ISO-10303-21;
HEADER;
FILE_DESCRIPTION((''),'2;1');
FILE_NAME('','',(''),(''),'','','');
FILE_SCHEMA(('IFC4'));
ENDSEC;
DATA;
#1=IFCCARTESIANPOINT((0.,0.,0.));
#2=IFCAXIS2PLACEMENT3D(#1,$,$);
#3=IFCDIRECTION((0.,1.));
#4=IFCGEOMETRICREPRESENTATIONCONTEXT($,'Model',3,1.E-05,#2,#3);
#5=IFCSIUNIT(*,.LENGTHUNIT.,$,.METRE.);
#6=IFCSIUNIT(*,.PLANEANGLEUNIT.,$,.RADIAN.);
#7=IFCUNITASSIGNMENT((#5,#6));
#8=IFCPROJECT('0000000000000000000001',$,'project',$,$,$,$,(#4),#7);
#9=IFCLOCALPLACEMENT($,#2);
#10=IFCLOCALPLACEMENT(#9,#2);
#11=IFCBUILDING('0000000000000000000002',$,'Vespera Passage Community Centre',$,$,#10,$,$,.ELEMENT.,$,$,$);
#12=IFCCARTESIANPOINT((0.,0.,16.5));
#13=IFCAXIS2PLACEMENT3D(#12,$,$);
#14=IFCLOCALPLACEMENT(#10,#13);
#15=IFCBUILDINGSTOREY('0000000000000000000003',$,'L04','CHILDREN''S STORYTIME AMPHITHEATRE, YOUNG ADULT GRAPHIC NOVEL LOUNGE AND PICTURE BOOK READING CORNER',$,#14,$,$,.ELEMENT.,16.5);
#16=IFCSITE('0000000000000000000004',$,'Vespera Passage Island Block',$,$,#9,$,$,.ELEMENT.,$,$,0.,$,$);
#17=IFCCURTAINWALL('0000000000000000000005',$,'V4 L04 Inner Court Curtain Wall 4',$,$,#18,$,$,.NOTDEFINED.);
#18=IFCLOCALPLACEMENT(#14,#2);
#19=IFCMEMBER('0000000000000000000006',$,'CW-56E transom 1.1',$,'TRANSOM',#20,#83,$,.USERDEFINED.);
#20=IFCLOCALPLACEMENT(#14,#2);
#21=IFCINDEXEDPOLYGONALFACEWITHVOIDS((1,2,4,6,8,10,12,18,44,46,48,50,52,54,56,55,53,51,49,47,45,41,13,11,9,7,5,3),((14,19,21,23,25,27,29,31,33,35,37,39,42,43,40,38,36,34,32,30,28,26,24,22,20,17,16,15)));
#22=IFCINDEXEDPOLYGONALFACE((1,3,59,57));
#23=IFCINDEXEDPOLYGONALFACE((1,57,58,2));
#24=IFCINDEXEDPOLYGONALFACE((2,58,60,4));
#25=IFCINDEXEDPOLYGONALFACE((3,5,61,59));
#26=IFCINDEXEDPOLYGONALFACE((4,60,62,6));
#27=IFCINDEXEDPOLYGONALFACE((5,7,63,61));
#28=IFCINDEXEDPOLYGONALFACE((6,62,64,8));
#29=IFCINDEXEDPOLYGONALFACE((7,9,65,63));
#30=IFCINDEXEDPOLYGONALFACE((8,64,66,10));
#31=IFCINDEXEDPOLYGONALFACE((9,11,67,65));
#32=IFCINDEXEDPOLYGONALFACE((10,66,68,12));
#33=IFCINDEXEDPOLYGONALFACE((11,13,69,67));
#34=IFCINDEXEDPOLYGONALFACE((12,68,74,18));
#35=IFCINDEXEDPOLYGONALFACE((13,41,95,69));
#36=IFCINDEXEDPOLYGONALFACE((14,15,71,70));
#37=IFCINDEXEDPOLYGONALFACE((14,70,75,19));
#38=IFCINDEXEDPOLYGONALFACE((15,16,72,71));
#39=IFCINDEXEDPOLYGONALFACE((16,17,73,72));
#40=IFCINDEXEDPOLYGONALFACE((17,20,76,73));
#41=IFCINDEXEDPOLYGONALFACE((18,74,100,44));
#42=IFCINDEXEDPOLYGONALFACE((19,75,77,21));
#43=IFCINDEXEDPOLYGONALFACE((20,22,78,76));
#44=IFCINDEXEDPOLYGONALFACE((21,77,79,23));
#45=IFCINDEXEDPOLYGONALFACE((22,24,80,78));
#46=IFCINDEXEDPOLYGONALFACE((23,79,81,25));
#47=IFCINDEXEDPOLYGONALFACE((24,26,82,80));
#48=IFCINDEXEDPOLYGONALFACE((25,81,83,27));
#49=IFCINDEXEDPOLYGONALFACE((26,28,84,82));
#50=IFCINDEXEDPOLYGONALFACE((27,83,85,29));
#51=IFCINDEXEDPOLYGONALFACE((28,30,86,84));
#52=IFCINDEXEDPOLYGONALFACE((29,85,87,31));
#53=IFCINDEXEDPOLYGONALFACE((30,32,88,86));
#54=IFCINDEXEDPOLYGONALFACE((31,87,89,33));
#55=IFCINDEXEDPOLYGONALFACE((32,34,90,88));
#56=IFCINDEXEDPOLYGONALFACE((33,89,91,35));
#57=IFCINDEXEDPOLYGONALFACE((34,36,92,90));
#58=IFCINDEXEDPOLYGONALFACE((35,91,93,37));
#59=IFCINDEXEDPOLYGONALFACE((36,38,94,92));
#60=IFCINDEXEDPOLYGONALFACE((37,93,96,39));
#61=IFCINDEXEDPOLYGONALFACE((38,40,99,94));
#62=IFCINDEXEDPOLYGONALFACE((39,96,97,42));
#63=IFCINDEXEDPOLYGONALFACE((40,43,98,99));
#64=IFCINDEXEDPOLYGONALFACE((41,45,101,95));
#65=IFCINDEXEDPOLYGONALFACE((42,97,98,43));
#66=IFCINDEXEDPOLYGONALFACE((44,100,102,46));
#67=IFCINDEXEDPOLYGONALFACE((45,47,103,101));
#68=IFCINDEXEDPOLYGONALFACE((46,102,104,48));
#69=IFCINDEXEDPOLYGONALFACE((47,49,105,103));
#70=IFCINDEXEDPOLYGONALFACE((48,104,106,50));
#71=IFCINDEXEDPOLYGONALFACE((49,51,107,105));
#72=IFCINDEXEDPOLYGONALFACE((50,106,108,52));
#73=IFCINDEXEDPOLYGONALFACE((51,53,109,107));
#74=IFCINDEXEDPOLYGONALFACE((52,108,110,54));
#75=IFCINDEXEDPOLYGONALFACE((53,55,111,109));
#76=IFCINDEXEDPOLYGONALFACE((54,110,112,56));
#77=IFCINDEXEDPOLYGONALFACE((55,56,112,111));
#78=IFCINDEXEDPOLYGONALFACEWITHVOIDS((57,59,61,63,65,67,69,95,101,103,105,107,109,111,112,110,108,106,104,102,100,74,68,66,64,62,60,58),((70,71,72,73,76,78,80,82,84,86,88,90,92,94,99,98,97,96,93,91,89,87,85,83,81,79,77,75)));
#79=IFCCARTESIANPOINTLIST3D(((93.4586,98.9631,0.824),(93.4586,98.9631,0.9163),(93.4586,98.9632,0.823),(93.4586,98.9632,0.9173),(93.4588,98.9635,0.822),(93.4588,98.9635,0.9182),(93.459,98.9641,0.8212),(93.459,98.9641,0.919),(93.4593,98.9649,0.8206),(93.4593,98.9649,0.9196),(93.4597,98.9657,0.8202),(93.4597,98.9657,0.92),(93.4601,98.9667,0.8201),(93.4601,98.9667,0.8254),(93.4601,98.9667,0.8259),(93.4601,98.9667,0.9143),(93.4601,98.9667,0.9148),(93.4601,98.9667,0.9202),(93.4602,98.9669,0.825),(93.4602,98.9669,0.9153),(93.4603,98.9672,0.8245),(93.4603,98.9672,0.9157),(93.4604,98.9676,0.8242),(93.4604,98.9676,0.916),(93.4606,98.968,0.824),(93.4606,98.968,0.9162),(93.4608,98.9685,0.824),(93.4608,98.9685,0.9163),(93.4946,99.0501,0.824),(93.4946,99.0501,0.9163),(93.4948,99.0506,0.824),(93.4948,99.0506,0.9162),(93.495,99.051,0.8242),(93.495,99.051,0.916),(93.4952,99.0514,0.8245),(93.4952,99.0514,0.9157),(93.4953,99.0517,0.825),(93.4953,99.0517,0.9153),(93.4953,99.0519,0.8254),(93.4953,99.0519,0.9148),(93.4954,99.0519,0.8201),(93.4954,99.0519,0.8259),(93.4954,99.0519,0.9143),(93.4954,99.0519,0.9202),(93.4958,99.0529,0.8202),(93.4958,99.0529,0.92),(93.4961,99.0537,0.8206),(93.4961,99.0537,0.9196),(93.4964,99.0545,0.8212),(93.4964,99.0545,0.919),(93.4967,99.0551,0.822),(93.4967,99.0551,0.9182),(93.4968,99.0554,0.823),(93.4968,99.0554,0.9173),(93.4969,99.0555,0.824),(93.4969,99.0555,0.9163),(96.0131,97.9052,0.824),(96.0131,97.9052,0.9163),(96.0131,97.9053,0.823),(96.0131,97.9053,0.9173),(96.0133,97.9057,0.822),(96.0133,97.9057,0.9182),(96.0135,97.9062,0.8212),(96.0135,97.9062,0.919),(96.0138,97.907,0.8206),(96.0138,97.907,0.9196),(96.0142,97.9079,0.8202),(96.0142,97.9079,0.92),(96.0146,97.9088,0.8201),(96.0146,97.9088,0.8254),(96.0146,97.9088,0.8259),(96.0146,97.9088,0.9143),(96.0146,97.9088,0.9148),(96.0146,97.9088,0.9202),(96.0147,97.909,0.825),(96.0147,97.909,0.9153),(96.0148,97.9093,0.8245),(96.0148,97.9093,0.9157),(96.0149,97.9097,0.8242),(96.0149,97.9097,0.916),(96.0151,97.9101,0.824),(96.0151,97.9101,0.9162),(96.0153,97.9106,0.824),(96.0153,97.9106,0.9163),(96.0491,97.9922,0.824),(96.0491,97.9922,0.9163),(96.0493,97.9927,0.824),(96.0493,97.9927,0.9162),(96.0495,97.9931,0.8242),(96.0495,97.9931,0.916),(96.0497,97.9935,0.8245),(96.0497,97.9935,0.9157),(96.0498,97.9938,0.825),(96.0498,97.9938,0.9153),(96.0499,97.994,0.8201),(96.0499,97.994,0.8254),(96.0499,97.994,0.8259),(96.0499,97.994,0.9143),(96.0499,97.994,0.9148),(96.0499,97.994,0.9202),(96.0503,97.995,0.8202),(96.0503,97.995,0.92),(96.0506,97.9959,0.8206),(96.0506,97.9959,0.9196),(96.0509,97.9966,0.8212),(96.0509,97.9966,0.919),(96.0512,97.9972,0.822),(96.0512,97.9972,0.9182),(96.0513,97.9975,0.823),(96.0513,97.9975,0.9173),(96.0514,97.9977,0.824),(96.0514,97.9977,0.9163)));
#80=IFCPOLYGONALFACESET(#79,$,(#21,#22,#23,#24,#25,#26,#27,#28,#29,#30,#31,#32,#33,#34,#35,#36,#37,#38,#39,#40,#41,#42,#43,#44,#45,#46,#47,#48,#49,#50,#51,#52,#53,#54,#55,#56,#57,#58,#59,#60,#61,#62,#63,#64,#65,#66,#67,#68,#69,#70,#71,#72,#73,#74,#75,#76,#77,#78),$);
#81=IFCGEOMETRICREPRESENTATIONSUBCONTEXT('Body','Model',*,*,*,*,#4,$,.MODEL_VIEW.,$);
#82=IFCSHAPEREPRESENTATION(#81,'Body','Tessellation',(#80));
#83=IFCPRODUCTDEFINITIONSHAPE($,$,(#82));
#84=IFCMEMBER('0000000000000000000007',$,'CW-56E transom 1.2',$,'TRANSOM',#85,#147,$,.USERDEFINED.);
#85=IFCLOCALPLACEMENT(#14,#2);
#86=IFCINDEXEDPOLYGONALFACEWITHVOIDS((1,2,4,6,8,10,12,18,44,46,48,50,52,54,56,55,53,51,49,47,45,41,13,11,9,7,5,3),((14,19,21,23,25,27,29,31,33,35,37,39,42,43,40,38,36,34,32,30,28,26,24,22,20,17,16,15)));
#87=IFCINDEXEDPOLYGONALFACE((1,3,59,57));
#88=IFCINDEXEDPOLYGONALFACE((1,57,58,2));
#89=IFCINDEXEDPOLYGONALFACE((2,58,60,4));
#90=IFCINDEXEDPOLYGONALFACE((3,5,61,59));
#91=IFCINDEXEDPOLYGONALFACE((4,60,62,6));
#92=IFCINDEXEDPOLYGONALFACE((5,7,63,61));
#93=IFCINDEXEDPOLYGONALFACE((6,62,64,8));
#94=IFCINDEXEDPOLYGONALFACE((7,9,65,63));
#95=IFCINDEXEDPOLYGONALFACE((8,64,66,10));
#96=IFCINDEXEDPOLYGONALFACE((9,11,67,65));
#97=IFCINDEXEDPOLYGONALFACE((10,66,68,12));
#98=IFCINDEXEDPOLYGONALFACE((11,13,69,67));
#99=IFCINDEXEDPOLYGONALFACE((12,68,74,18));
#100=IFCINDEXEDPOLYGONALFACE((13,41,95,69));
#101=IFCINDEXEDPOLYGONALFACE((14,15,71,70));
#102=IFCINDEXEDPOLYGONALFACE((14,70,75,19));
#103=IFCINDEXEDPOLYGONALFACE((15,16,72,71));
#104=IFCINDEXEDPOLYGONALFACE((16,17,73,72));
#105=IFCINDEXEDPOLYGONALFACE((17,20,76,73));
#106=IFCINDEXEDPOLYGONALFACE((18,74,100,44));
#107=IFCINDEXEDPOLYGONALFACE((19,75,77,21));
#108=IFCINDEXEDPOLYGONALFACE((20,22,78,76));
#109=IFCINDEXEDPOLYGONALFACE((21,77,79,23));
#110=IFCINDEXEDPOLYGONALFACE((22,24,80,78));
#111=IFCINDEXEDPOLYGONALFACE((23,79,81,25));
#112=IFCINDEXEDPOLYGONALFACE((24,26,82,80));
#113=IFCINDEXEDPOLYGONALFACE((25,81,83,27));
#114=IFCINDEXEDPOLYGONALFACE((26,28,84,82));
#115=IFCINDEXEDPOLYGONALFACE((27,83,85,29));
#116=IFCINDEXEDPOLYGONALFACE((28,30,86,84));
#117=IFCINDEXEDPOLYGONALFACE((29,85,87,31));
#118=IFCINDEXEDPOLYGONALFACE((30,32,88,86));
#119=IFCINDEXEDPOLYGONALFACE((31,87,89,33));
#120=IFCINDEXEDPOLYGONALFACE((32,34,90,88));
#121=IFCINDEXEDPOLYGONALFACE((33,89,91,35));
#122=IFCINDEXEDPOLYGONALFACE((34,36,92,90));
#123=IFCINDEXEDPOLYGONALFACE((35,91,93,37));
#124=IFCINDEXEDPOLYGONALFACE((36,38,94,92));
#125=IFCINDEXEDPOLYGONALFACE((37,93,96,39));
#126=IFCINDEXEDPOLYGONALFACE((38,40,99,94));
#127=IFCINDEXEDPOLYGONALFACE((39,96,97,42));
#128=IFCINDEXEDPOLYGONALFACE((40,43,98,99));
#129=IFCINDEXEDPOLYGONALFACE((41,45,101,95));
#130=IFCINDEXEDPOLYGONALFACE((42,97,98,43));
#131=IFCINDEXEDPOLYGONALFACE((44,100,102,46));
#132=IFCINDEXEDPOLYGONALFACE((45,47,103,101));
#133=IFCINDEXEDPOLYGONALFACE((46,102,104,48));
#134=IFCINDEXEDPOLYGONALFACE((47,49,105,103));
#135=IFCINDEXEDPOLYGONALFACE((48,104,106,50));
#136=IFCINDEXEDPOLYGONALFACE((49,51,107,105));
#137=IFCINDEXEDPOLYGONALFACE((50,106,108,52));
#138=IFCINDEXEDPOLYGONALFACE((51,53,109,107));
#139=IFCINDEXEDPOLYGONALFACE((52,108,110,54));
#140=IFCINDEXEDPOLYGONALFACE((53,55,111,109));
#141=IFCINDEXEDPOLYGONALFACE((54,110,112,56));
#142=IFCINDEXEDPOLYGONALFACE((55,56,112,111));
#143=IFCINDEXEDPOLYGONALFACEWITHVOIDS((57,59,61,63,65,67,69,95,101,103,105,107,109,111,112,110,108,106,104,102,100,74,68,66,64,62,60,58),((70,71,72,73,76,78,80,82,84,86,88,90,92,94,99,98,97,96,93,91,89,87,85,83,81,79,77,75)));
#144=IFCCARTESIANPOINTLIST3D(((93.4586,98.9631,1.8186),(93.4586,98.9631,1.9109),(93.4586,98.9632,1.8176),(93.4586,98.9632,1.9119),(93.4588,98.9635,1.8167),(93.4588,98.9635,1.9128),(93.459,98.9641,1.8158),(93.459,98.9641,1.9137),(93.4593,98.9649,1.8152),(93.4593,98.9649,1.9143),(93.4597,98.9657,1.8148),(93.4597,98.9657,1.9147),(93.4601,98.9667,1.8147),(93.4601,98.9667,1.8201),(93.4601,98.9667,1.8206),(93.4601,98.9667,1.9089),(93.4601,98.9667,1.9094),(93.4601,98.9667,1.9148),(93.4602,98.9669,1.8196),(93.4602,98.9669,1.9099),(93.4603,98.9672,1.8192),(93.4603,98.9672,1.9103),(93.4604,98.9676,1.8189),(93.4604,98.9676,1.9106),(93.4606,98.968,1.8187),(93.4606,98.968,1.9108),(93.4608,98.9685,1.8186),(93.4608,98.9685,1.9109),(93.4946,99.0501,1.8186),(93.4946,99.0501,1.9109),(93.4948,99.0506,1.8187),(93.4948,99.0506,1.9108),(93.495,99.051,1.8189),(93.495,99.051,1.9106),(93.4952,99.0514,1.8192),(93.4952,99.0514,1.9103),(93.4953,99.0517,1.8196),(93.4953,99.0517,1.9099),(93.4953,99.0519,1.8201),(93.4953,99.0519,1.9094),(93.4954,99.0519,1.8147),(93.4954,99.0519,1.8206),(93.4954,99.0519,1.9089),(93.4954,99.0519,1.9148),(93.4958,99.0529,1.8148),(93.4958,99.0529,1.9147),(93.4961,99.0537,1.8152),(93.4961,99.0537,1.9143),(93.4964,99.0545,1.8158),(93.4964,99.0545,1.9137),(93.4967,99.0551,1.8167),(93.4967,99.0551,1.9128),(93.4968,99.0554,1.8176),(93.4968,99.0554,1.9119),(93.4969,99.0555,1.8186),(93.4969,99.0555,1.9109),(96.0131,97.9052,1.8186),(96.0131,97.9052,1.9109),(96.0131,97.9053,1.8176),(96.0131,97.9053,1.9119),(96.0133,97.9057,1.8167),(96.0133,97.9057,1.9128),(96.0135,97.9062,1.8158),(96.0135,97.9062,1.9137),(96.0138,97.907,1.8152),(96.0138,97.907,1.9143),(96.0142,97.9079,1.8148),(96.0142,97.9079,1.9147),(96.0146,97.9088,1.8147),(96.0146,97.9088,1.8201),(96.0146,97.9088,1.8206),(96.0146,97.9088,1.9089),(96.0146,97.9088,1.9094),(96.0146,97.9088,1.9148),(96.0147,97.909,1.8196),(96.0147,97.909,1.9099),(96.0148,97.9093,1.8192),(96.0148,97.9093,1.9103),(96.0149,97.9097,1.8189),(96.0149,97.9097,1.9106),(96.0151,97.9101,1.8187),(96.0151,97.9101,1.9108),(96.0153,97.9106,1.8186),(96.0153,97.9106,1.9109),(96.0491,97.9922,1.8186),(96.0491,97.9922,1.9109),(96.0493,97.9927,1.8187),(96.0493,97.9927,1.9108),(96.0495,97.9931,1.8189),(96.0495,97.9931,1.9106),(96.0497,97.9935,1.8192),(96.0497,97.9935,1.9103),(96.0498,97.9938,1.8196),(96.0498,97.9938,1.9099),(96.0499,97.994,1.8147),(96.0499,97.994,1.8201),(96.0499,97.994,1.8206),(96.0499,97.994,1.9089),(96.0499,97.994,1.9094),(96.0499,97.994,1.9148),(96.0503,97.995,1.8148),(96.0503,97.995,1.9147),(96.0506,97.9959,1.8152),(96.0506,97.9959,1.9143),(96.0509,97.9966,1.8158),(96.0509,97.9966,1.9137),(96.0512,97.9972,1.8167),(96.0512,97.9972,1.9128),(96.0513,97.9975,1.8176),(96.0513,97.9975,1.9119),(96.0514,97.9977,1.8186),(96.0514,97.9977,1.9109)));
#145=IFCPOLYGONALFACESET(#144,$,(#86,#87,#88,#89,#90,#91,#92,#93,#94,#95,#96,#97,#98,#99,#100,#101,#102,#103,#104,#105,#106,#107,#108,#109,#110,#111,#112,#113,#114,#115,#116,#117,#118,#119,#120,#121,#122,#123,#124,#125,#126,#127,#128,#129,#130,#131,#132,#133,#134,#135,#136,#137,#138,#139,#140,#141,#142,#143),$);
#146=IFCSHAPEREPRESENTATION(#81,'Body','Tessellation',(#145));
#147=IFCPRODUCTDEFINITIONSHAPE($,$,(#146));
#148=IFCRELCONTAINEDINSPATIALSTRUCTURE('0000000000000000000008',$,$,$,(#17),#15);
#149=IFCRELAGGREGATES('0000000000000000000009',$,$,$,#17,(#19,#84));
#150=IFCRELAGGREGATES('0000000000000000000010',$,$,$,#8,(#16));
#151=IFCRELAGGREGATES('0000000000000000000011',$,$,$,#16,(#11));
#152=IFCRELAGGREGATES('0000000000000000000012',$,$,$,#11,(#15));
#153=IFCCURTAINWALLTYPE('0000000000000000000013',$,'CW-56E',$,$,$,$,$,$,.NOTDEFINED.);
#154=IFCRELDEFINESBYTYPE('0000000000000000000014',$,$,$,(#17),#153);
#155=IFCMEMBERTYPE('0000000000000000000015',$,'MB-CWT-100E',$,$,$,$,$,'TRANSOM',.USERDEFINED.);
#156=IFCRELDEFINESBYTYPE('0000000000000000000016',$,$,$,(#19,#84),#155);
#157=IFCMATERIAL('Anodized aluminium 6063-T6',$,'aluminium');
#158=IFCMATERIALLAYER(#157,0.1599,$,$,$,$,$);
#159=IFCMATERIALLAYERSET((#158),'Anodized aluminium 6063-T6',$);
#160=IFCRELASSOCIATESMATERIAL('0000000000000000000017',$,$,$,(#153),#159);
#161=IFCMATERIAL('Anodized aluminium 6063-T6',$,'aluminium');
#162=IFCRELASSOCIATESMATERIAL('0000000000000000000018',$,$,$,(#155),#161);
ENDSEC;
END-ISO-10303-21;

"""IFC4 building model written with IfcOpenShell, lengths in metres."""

from ifc_helpers import new_model, si_unit, direction, frame, origin, origin_2d, place, context, subcontext, project, spatial, hollow_rectangle, extrude, material, layer, layer_set, material_profile, profile_set, type_object, element, aggregate, save


model = new_model("IFC4")

# Units and contexts
model_context = context("Model", 3, precision=1e-05, world=origin(), true_north=direction((0.0, 1.0)))
body_context = subcontext(model_context, "Body", "Model", "MODEL_VIEW")
ifc_project = project(units=[si_unit("LENGTHUNIT", "METRE"), si_unit("PLANEANGLEUNIT", "RADIAN")], contexts=[model_context])

# Site, building, storey
site_placement = place(None, origin())
site = spatial("IfcSite", under=ifc_project, at=site_placement, Name="Vespera Passage Island Block", CompositionType="ELEMENT", RefElevation=0.0)
building_placement = place(site_placement, origin())
building = spatial("IfcBuilding", under=site, at=building_placement, Name="Vespera Passage Community Centre", CompositionType="ELEMENT")
storey_placement = place(building_placement, frame((0.0, 0.0, 16.5)))
storey = spatial("IfcBuildingStorey", under=building, at=storey_placement, Name="L04", Description="CHILDREN'S STORYTIME AMPHITHEATRE, YOUNG ADULT GRAPHIC NOVEL LOUNGE AND PICTURE BOOK READING CORNER", CompositionType="ELEMENT", Elevation=16.5)

# Curtain wall, members
ifc_material_1 = material(Name="Anodized aluminium 6063-T6", Category="aluminium")
ifc_layer_1 = layer(ifc_material_1, 0.1599)
ifc_layer_set_1 = layer_set([ifc_layer_1], Name="Anodized aluminium 6063-T6")
curtain_wall_type_1 = type_object("IfcCurtainWallType", Name="CW-56E", PredefinedType="NOTDEFINED", material=ifc_layer_set_1)
curtain_wall_1_placement = place(storey_placement, origin())
curtain_wall_1 = element("IfcCurtainWall", 1, at=curtain_wall_1_placement, inside=storey, type_object=curtain_wall_type_1, Name="V4 L04 Inner Court Curtain Wall 4", PredefinedType="NOTDEFINED")
ifc_material_2 = material(Name="Anodized aluminium 6063-T6", Category="aluminium")
ifc_material_profile_1 = material_profile(ifc_material_2, hollow_rectangle(XDim=0.1001, YDim=0.1001, WallThickness=0.0039, InnerFilletRadius=0.002, OuterFilletRadius=0.0039, at=origin_2d()), Name="ALU100X100X4")
ifc_profile_set_1 = profile_set([ifc_material_profile_1], Name="Anodized aluminium 6063-T6")
member_type_1 = type_object("IfcMemberType", Name="MB-CWT-100E", ElementType="TRANSOM", PredefinedType="USERDEFINED", material=ifc_profile_set_1)
member_1_placement = place(storey_placement, frame((96.0322, 97.9514, 0.8701), z_axis=(-0.923908, 0.382614, 0.0), x_axis=(-0.382614, -0.923908, 0.0)))
member_1 = element("IfcMember", 2, at=member_1_placement, type_object=member_type_1, Name="CW-56E transom 1.1", ObjectType="TRANSOM", PredefinedType="USERDEFINED", context=body_context, shape_type="SweptSolid", body=[
    extrude(hollow_rectangle(XDim=0.1001, YDim=0.1001, WallThickness=0.0039, InnerFilletRadius=0.002, OuterFilletRadius=0.0039, at=origin_2d()), origin(), (0.0, 0.0, 1.0), 2.7649),
])
member_2_placement = place(storey_placement, frame((96.0322, 97.9514, 1.8647), z_axis=(-0.923908, 0.382614, 0.0), x_axis=(-0.382614, -0.923908, 0.0)))
member_2 = element("IfcMember", 3, at=member_2_placement, type_object=member_type_1, Name="CW-56E transom 1.2", ObjectType="TRANSOM", PredefinedType="USERDEFINED", context=body_context, shape_type="SweptSolid", body=[
    extrude(hollow_rectangle(XDim=0.1001, YDim=0.1001, WallThickness=0.0039, InnerFilletRadius=0.002, OuterFilletRadius=0.0039, at=origin_2d()), origin(), (0.0, 0.0, 1.0), 2.7649),
])
aggregate(curtain_wall_1, [member_1, member_2])

save(model, "model.ifc")
